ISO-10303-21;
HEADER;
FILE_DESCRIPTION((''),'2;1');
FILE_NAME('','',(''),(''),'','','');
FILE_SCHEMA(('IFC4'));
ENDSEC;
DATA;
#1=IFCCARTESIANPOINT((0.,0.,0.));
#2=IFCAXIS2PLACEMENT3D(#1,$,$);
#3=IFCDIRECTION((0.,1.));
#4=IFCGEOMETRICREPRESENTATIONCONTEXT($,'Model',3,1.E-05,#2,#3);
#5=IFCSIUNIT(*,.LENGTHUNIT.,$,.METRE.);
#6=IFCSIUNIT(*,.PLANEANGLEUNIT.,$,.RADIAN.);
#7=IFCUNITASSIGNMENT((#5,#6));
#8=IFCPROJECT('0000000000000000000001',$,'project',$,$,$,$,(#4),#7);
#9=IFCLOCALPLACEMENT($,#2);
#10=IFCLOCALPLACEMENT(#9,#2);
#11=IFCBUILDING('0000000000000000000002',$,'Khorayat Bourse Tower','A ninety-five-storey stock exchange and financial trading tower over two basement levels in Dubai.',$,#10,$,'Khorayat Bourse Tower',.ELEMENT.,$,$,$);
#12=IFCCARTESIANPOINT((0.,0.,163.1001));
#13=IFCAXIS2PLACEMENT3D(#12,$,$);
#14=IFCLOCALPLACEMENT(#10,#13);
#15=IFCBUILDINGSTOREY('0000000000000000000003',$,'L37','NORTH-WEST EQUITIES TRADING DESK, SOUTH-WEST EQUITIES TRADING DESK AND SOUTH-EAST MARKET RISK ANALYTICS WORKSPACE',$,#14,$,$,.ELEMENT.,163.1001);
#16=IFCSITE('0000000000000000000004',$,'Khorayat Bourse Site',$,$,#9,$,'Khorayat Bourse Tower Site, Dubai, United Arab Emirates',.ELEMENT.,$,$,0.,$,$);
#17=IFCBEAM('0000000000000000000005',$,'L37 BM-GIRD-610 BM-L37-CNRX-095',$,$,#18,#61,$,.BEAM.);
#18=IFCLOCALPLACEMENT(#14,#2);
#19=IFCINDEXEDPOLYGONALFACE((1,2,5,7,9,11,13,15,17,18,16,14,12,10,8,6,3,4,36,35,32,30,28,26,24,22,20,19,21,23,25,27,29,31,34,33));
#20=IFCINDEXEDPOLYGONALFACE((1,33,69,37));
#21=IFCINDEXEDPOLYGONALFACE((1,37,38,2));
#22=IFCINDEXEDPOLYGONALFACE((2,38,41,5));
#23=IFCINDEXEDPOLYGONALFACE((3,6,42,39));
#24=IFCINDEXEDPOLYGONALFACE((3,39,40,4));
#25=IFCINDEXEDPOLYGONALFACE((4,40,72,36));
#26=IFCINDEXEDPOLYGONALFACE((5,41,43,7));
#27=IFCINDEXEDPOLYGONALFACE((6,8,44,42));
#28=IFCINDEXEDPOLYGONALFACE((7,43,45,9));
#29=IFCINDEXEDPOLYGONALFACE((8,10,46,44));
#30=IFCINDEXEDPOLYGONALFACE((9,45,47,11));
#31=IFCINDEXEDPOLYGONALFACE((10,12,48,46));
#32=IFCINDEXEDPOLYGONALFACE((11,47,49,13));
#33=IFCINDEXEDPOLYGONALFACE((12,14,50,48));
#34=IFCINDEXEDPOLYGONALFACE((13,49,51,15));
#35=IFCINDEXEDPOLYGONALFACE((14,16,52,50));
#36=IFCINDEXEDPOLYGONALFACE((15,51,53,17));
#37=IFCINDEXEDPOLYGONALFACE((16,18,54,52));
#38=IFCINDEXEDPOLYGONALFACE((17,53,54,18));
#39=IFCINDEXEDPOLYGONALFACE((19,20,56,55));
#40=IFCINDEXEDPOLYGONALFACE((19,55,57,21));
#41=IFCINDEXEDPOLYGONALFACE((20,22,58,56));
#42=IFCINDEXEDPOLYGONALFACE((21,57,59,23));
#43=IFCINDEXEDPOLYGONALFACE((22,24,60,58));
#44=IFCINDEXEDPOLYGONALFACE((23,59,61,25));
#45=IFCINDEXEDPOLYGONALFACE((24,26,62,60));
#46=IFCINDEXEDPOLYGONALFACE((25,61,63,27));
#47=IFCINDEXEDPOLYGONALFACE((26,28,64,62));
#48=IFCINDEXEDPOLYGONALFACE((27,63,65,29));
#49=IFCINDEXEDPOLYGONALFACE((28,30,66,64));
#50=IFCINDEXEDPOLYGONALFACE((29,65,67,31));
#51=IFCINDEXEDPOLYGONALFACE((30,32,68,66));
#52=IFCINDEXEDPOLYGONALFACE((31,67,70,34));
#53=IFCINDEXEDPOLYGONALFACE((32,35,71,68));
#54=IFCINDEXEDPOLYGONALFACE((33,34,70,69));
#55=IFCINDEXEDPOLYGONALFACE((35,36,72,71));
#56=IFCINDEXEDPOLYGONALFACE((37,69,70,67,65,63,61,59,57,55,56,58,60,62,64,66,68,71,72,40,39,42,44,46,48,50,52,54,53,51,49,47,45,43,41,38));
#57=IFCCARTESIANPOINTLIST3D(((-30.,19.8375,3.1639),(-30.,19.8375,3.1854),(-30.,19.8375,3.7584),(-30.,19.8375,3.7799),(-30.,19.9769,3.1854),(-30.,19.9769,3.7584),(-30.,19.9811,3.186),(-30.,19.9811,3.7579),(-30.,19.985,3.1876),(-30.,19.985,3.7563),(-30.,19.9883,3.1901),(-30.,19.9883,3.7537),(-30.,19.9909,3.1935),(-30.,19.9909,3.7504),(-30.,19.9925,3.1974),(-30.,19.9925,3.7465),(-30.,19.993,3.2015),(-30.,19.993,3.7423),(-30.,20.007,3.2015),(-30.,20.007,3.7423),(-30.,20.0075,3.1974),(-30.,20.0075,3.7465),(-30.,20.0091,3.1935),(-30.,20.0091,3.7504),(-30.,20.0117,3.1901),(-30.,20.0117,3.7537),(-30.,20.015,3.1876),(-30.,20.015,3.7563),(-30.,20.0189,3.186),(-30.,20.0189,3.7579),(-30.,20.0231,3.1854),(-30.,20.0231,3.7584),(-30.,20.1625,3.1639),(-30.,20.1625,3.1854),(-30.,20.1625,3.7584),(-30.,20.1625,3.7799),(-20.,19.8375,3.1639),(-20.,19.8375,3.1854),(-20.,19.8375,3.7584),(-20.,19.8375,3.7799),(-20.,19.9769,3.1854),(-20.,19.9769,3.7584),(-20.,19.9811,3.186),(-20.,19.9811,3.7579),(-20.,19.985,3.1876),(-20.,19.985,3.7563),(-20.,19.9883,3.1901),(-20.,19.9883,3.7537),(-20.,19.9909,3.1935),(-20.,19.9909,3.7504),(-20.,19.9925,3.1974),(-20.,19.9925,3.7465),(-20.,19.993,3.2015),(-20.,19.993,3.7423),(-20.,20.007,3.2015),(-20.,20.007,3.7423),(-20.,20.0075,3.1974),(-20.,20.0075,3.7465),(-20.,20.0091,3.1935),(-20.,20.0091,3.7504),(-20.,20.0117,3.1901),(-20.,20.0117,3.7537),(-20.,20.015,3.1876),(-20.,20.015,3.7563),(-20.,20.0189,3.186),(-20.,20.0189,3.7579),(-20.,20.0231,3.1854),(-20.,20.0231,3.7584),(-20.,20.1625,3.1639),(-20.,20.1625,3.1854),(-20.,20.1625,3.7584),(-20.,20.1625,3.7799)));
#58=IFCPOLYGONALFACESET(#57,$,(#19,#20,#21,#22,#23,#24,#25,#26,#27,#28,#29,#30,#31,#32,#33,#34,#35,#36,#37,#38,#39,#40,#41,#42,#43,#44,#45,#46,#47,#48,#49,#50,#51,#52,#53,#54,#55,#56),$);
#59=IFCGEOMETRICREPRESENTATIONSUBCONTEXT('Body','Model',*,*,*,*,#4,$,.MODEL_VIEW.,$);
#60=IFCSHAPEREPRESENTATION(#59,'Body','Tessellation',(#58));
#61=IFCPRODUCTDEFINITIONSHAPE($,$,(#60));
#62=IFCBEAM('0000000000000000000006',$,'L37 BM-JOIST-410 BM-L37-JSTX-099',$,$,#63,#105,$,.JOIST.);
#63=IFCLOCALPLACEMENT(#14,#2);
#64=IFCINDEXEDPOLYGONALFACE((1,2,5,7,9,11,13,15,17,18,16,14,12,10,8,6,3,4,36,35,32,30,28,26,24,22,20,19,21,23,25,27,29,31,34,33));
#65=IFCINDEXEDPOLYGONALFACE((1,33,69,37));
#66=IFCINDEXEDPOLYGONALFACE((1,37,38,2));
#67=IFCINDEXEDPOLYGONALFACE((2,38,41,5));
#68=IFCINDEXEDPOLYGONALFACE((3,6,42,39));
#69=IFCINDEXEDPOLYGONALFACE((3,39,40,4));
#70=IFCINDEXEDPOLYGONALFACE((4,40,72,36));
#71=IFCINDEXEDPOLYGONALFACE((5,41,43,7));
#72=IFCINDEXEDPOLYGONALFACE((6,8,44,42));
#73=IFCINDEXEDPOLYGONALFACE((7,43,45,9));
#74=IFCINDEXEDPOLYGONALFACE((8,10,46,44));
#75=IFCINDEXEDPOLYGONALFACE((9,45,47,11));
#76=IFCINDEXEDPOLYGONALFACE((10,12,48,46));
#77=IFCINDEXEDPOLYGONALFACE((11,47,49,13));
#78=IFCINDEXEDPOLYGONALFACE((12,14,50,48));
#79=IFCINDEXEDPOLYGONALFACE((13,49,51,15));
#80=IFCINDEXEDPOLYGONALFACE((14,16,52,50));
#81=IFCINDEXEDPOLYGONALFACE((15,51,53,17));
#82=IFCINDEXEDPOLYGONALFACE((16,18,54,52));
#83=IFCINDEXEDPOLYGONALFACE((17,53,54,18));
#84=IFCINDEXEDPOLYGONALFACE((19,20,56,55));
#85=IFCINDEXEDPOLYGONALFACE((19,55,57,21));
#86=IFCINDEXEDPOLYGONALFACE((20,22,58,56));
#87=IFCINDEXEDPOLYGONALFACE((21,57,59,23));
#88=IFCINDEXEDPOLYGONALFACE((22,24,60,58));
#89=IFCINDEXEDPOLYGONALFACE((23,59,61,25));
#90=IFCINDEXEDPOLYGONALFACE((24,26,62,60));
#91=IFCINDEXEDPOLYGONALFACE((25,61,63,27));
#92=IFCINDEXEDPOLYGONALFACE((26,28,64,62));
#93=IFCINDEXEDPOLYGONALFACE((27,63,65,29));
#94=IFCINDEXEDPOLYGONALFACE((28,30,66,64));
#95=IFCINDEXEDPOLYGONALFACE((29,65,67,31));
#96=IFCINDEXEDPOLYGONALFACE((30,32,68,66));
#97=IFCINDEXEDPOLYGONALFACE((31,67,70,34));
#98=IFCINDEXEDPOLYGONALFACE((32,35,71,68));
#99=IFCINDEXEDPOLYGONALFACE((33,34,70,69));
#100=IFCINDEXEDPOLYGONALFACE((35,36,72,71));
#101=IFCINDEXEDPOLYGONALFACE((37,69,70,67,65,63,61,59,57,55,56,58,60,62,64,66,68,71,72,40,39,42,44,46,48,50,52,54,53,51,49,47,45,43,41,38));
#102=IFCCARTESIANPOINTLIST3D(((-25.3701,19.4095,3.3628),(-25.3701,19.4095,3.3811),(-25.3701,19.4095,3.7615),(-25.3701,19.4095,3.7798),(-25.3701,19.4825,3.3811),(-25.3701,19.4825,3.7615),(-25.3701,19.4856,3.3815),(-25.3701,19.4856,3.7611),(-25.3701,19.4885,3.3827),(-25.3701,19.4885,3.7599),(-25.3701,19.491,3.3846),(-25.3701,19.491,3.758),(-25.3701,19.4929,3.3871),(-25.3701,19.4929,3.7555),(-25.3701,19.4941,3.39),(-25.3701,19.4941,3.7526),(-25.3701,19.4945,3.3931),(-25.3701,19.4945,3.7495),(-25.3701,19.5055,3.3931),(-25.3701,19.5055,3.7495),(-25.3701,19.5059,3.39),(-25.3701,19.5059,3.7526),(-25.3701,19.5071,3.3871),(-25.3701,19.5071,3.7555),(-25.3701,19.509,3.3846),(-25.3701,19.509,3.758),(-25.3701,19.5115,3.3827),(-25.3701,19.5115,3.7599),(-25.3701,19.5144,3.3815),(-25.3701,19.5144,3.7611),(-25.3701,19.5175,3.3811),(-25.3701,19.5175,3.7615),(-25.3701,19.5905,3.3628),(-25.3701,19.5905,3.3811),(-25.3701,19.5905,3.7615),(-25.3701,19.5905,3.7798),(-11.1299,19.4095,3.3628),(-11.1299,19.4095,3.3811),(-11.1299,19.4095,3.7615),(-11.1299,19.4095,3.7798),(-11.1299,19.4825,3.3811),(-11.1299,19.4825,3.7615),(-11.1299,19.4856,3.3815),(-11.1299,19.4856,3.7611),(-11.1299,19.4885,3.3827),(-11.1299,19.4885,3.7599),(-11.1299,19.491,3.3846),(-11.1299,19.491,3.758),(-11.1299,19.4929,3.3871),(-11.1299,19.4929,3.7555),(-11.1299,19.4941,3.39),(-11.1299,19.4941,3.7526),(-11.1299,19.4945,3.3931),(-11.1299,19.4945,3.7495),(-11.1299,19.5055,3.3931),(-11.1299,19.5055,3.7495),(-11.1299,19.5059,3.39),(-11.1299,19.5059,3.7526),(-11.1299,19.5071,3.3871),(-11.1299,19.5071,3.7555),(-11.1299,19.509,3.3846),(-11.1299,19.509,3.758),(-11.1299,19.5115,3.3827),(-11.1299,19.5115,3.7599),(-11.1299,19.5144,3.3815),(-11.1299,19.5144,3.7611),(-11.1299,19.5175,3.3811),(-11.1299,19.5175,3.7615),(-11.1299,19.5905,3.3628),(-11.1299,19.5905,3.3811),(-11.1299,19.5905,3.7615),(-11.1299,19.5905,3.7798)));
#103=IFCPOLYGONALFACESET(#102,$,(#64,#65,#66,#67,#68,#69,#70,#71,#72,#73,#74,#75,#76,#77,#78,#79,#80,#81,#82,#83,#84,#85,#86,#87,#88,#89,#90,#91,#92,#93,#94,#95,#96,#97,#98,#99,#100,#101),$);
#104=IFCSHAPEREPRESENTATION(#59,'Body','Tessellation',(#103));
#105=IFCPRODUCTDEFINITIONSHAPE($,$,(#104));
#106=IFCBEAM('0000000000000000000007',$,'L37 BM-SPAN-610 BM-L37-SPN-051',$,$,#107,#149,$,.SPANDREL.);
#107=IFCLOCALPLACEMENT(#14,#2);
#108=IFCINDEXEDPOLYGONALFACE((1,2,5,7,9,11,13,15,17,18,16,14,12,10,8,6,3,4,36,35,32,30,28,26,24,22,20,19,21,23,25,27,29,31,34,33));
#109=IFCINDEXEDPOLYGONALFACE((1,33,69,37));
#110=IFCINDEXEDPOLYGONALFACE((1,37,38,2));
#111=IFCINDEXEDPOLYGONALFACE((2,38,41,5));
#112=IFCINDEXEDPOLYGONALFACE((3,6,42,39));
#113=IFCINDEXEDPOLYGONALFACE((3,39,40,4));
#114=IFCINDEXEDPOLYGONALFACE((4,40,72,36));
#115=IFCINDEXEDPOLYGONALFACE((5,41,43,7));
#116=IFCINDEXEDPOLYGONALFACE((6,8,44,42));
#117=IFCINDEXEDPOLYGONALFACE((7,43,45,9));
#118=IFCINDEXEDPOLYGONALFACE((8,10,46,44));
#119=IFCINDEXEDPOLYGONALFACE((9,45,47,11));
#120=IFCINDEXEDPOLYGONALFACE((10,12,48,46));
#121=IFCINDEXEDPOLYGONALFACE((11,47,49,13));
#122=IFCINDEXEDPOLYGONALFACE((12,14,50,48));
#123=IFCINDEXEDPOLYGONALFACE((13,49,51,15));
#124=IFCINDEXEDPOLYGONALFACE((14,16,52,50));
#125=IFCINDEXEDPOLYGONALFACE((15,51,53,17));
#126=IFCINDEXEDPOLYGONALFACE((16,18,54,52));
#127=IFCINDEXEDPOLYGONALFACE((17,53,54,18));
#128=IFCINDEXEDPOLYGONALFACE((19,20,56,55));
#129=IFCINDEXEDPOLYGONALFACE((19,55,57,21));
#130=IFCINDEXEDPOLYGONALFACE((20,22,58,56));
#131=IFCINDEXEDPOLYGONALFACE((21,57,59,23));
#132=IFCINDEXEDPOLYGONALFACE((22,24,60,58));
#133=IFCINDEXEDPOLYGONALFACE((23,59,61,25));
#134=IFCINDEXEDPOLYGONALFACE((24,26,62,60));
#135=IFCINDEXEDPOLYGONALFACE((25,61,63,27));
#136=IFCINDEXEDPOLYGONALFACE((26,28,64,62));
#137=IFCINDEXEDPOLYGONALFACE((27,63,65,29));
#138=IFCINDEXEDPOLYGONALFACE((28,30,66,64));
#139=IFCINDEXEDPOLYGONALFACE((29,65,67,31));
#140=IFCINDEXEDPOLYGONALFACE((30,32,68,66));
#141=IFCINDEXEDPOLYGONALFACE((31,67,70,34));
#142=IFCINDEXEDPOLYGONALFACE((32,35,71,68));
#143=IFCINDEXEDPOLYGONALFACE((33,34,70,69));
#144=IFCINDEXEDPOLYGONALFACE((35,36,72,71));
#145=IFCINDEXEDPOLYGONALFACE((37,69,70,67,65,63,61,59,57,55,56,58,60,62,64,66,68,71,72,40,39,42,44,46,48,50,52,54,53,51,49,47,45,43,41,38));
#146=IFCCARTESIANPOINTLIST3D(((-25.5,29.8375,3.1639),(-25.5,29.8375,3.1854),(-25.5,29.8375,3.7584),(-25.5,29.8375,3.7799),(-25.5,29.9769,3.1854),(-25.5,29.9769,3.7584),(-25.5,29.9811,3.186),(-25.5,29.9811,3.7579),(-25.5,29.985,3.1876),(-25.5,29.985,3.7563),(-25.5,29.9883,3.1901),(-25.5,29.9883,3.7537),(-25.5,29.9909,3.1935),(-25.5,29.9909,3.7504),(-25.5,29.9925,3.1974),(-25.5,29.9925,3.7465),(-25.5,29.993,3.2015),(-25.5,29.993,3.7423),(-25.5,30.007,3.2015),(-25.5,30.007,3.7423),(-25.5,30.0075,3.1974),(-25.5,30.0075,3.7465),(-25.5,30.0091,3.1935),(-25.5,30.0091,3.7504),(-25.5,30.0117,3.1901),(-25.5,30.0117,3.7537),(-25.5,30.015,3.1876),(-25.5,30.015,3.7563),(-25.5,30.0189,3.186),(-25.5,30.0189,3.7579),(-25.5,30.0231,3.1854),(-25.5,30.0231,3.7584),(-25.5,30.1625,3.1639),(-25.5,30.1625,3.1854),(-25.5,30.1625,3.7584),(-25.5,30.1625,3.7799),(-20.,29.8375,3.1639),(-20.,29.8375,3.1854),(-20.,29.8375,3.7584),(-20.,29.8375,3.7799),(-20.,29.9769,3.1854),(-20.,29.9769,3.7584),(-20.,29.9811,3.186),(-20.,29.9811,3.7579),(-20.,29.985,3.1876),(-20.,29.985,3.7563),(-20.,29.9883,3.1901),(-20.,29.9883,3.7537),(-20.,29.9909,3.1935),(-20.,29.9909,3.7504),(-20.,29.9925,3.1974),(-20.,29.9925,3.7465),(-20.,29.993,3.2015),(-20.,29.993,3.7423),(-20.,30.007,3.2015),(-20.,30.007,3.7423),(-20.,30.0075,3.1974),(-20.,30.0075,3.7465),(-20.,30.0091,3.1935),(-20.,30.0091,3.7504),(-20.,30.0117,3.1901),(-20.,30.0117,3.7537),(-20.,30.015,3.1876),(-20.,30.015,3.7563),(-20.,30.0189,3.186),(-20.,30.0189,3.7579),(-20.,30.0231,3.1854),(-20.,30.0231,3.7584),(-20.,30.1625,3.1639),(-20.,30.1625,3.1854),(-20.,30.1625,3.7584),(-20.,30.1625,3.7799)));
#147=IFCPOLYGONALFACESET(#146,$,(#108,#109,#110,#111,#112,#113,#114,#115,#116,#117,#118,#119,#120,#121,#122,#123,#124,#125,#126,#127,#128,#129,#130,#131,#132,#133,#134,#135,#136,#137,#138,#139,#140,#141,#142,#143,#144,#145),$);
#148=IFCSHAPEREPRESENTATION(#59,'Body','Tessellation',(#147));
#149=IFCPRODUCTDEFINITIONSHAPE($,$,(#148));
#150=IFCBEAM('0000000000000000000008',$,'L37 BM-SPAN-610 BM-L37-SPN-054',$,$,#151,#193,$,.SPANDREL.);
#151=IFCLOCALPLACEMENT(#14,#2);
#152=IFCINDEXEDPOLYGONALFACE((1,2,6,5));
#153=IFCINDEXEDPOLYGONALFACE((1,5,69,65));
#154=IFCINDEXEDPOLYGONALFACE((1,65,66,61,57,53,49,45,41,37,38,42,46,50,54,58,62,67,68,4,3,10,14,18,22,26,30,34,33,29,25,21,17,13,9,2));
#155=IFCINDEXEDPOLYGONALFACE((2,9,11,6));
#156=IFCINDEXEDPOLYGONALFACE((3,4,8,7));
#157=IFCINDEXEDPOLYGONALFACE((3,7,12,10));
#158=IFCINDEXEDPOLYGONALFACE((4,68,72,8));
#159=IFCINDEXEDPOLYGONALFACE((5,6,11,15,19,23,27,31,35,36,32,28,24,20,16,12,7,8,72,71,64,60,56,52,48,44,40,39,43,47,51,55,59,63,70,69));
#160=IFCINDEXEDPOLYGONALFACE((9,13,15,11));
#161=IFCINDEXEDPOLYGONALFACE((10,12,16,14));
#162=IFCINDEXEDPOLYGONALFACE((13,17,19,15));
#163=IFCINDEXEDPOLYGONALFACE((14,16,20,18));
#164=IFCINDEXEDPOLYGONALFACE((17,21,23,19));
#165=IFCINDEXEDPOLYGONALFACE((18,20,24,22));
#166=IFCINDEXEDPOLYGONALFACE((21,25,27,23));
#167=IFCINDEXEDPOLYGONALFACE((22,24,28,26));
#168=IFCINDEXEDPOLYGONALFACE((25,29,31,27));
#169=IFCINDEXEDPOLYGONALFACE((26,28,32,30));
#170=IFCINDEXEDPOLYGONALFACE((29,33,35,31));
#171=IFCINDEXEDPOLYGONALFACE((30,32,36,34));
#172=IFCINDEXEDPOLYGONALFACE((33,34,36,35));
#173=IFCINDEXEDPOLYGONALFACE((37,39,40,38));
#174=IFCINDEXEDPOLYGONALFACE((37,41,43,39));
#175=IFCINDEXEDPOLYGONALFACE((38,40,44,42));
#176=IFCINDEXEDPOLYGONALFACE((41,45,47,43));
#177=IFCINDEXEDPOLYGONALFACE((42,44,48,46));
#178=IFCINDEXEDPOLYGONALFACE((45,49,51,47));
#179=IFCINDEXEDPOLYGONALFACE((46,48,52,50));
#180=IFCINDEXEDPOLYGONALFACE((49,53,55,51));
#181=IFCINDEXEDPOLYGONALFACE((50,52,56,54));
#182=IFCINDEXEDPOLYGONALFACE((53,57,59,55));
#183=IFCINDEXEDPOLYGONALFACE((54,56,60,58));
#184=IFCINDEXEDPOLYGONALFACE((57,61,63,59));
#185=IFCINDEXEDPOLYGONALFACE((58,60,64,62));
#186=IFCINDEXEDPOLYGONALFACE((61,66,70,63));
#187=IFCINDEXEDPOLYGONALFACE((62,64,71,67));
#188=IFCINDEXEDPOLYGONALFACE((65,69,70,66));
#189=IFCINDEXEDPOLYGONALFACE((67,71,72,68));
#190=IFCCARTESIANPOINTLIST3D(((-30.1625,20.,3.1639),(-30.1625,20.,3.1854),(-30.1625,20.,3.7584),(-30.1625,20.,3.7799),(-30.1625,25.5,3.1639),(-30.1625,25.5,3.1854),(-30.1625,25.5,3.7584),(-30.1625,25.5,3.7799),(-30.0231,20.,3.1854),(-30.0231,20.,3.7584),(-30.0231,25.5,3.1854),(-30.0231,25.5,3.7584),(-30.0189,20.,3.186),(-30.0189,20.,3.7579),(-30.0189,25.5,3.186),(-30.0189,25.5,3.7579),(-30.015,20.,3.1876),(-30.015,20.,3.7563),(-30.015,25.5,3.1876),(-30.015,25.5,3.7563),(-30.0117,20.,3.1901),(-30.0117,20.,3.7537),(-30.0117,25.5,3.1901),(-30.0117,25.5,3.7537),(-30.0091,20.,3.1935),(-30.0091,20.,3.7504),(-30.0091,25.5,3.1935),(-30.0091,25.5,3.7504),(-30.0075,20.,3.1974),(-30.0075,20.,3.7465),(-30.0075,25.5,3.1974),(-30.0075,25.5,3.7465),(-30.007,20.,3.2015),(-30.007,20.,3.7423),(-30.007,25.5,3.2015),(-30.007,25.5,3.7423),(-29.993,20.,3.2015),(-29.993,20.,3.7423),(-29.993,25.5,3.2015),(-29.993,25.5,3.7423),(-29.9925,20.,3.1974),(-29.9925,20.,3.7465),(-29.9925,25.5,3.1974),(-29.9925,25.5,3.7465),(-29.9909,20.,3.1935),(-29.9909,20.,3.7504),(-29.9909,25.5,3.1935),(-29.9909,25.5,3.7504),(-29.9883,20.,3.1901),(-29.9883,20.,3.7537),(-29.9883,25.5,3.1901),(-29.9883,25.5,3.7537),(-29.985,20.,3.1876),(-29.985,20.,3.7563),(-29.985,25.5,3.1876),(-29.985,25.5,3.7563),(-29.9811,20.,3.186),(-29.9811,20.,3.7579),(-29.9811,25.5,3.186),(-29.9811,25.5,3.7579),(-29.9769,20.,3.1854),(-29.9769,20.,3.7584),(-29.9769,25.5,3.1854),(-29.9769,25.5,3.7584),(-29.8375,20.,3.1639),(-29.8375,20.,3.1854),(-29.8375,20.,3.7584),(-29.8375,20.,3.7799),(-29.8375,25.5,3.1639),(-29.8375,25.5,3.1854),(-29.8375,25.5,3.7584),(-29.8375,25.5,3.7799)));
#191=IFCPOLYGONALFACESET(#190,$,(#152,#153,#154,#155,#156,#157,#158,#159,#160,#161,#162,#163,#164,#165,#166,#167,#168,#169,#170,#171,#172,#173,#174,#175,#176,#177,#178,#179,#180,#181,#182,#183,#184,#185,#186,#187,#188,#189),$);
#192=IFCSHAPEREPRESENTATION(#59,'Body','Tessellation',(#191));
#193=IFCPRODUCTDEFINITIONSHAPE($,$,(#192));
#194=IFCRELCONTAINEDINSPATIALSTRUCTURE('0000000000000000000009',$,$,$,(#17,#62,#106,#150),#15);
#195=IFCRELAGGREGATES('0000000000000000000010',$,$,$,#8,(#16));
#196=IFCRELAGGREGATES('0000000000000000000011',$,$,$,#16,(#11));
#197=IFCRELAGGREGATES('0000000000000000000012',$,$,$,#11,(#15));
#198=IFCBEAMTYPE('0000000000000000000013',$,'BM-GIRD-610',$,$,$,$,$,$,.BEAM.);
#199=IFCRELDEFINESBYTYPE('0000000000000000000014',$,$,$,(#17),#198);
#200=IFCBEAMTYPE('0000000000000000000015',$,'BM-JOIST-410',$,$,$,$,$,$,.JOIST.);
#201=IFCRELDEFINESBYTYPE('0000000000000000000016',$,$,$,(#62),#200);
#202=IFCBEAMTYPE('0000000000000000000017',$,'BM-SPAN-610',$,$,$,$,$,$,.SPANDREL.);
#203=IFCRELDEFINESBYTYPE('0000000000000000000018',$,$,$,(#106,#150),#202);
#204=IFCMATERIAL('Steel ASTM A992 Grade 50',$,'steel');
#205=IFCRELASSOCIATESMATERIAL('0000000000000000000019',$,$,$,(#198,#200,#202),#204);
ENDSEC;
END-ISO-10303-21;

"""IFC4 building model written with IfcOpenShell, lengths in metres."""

from ifc_helpers import new_model, si_unit, direction, frame, origin, origin_2d, place, context, subcontext, project, spatial, i_section, extrude, source, transform, mapped, material, material_profile, profile_set, type_object, element, save


model = new_model("IFC4")

# Units and contexts
model_context = context("Model", 3, precision=1e-05, world=origin(), true_north=direction((0.0, 1.0)))
body_context = subcontext(model_context, "Body", "Model", "MODEL_VIEW")
ifc_project = project(units=[si_unit("LENGTHUNIT", "METRE"), si_unit("PLANEANGLEUNIT", "RADIAN")], contexts=[model_context])

# Site, building, storey
site_placement = place(None, origin())
site = spatial("IfcSite", under=ifc_project, at=site_placement, Name="Khorayat Bourse Site", LongName="Khorayat Bourse Tower Site, Dubai, United Arab Emirates", CompositionType="ELEMENT", RefElevation=0.0)
building_placement = place(site_placement, origin())
building = spatial("IfcBuilding", under=site, at=building_placement, Name="Khorayat Bourse Tower", Description="A ninety-five-storey stock exchange and financial trading tower over two basement levels in Dubai.", LongName="Khorayat Bourse Tower", CompositionType="ELEMENT")
storey_placement = place(building_placement, frame((0.0, 0.0, 163.1001)))
storey = spatial("IfcBuildingStorey", under=building, at=storey_placement, Name="L37", Description="NORTH-WEST EQUITIES TRADING DESK, SOUTH-WEST EQUITIES TRADING DESK AND SOUTH-EAST MARKET RISK ANALYTICS WORKSPACE", CompositionType="ELEMENT", Elevation=163.1001)

# Beams
ifc_material_1 = material(Name="Steel ASTM A992 Grade 50", Category="steel")
ifc_material_profile_1 = material_profile(ifc_material_1, i_section(OverallWidth=0.325, OverallDepth=0.616, WebThickness=0.0139, FlangeThickness=0.0215, FilletRadius=0.0161, at=origin_2d()), Name="W610X174")
ifc_profile_set_1 = profile_set([ifc_material_profile_1], Name="Steel ASTM A992 Grade 50")
beam_type_1 = type_object("IfcBeamType", Name="BM-GIRD-610", PredefinedType="BEAM", material=ifc_profile_set_1)
shared_shape_1 = source(origin(), body_context, "Body", "SweptSolid", [
    extrude(i_section(OverallWidth=0.325, OverallDepth=0.616, WebThickness=0.0139, FlangeThickness=0.0215, FilletRadius=0.0161, at=origin_2d()), origin(), (0.0, 0.0, 1.0), 10.0),
])
beam_1_placement = place(storey_placement, frame((-30.0, 20.0, 3.4719), z_axis=(1.0, 0.0, 0.0), x_axis=(0.0, 1.0, 0.0)))
element("IfcBeam", 1, at=beam_1_placement, inside=storey, type_object=beam_type_1, Name="L37 BM-GIRD-610 BM-L37-CNRX-095", PredefinedType="BEAM", context=body_context, shape_type="MappedRepresentation", body=[
    mapped(shared_shape_1, transform((0.0, 0.0, 0.0), scale=1.0)),
])
ifc_material_profile_2 = material_profile(ifc_material_1, i_section(OverallWidth=0.1809, OverallDepth=0.417, WebThickness=0.011, FlangeThickness=0.0183, FilletRadius=0.012, at=origin_2d()), Name="W410X85")
ifc_profile_set_2 = profile_set([ifc_material_profile_2], Name="Steel ASTM A992 Grade 50")
beam_type_2 = type_object("IfcBeamType", Name="BM-JOIST-410", PredefinedType="JOIST", material=ifc_profile_set_2)
shared_shape_2 = source(origin(), body_context, "Body", "SweptSolid", [
    extrude(i_section(OverallWidth=0.1809, OverallDepth=0.417, WebThickness=0.011, FlangeThickness=0.0183, FilletRadius=0.012, at=origin_2d()), origin(), (0.0, 0.0, 1.0), 14.2402),
])
beam_2_placement = place(storey_placement, frame((-25.3701, 19.5, 3.5713), z_axis=(1.0, 0.0, 0.0), x_axis=(0.0, 1.0, 0.0)))
element("IfcBeam", 2, at=beam_2_placement, inside=storey, type_object=beam_type_2, Name="L37 BM-JOIST-410 BM-L37-JSTX-099", PredefinedType="JOIST", context=body_context, shape_type="MappedRepresentation", body=[
    mapped(shared_shape_2, transform((0.0, 0.0, 0.0), scale=1.0)),
])
ifc_material_profile_3 = material_profile(ifc_material_1, i_section(OverallWidth=0.325, OverallDepth=0.616, WebThickness=0.0139, FlangeThickness=0.0215, FilletRadius=0.0161, at=origin_2d()), Name="W610X174")
ifc_profile_set_3 = profile_set([ifc_material_profile_3], Name="Steel ASTM A992 Grade 50")
beam_type_3 = type_object("IfcBeamType", Name="BM-SPAN-610", PredefinedType="SPANDREL", material=ifc_profile_set_3)
shared_shape_3 = source(origin(), body_context, "Body", "SweptSolid", [
    extrude(i_section(OverallWidth=0.325, OverallDepth=0.616, WebThickness=0.0139, FlangeThickness=0.0215, FilletRadius=0.0161, at=origin_2d()), origin(), (0.0, 0.0, 1.0), 5.5),
])
for number, where, z_axis, x_axis, name in (
    (3, (-25.5, 30.0, 3.4719), (1.0, 0.0, 0.0), (0.0, 1.0, 0.0), "L37 BM-SPAN-610 BM-L37-SPN-051"),
    (4, (-30.0, 20.0, 3.4719), (0.0, 1.0, 0.0), (-1.0, 0.0, 0.0), "L37 BM-SPAN-610 BM-L37-SPN-054"),
):
    element("IfcBeam", number, at=place(storey_placement, frame(where, z_axis=z_axis, x_axis=x_axis)), inside=storey, type_object=beam_type_3, Name=name, PredefinedType="SPANDREL", context=body_context, shape_type="MappedRepresentation", body=[
        mapped(shared_shape_3, transform((0.0, 0.0, 0.0), scale=1.0)),
    ])

save(model, "model.ifc")
